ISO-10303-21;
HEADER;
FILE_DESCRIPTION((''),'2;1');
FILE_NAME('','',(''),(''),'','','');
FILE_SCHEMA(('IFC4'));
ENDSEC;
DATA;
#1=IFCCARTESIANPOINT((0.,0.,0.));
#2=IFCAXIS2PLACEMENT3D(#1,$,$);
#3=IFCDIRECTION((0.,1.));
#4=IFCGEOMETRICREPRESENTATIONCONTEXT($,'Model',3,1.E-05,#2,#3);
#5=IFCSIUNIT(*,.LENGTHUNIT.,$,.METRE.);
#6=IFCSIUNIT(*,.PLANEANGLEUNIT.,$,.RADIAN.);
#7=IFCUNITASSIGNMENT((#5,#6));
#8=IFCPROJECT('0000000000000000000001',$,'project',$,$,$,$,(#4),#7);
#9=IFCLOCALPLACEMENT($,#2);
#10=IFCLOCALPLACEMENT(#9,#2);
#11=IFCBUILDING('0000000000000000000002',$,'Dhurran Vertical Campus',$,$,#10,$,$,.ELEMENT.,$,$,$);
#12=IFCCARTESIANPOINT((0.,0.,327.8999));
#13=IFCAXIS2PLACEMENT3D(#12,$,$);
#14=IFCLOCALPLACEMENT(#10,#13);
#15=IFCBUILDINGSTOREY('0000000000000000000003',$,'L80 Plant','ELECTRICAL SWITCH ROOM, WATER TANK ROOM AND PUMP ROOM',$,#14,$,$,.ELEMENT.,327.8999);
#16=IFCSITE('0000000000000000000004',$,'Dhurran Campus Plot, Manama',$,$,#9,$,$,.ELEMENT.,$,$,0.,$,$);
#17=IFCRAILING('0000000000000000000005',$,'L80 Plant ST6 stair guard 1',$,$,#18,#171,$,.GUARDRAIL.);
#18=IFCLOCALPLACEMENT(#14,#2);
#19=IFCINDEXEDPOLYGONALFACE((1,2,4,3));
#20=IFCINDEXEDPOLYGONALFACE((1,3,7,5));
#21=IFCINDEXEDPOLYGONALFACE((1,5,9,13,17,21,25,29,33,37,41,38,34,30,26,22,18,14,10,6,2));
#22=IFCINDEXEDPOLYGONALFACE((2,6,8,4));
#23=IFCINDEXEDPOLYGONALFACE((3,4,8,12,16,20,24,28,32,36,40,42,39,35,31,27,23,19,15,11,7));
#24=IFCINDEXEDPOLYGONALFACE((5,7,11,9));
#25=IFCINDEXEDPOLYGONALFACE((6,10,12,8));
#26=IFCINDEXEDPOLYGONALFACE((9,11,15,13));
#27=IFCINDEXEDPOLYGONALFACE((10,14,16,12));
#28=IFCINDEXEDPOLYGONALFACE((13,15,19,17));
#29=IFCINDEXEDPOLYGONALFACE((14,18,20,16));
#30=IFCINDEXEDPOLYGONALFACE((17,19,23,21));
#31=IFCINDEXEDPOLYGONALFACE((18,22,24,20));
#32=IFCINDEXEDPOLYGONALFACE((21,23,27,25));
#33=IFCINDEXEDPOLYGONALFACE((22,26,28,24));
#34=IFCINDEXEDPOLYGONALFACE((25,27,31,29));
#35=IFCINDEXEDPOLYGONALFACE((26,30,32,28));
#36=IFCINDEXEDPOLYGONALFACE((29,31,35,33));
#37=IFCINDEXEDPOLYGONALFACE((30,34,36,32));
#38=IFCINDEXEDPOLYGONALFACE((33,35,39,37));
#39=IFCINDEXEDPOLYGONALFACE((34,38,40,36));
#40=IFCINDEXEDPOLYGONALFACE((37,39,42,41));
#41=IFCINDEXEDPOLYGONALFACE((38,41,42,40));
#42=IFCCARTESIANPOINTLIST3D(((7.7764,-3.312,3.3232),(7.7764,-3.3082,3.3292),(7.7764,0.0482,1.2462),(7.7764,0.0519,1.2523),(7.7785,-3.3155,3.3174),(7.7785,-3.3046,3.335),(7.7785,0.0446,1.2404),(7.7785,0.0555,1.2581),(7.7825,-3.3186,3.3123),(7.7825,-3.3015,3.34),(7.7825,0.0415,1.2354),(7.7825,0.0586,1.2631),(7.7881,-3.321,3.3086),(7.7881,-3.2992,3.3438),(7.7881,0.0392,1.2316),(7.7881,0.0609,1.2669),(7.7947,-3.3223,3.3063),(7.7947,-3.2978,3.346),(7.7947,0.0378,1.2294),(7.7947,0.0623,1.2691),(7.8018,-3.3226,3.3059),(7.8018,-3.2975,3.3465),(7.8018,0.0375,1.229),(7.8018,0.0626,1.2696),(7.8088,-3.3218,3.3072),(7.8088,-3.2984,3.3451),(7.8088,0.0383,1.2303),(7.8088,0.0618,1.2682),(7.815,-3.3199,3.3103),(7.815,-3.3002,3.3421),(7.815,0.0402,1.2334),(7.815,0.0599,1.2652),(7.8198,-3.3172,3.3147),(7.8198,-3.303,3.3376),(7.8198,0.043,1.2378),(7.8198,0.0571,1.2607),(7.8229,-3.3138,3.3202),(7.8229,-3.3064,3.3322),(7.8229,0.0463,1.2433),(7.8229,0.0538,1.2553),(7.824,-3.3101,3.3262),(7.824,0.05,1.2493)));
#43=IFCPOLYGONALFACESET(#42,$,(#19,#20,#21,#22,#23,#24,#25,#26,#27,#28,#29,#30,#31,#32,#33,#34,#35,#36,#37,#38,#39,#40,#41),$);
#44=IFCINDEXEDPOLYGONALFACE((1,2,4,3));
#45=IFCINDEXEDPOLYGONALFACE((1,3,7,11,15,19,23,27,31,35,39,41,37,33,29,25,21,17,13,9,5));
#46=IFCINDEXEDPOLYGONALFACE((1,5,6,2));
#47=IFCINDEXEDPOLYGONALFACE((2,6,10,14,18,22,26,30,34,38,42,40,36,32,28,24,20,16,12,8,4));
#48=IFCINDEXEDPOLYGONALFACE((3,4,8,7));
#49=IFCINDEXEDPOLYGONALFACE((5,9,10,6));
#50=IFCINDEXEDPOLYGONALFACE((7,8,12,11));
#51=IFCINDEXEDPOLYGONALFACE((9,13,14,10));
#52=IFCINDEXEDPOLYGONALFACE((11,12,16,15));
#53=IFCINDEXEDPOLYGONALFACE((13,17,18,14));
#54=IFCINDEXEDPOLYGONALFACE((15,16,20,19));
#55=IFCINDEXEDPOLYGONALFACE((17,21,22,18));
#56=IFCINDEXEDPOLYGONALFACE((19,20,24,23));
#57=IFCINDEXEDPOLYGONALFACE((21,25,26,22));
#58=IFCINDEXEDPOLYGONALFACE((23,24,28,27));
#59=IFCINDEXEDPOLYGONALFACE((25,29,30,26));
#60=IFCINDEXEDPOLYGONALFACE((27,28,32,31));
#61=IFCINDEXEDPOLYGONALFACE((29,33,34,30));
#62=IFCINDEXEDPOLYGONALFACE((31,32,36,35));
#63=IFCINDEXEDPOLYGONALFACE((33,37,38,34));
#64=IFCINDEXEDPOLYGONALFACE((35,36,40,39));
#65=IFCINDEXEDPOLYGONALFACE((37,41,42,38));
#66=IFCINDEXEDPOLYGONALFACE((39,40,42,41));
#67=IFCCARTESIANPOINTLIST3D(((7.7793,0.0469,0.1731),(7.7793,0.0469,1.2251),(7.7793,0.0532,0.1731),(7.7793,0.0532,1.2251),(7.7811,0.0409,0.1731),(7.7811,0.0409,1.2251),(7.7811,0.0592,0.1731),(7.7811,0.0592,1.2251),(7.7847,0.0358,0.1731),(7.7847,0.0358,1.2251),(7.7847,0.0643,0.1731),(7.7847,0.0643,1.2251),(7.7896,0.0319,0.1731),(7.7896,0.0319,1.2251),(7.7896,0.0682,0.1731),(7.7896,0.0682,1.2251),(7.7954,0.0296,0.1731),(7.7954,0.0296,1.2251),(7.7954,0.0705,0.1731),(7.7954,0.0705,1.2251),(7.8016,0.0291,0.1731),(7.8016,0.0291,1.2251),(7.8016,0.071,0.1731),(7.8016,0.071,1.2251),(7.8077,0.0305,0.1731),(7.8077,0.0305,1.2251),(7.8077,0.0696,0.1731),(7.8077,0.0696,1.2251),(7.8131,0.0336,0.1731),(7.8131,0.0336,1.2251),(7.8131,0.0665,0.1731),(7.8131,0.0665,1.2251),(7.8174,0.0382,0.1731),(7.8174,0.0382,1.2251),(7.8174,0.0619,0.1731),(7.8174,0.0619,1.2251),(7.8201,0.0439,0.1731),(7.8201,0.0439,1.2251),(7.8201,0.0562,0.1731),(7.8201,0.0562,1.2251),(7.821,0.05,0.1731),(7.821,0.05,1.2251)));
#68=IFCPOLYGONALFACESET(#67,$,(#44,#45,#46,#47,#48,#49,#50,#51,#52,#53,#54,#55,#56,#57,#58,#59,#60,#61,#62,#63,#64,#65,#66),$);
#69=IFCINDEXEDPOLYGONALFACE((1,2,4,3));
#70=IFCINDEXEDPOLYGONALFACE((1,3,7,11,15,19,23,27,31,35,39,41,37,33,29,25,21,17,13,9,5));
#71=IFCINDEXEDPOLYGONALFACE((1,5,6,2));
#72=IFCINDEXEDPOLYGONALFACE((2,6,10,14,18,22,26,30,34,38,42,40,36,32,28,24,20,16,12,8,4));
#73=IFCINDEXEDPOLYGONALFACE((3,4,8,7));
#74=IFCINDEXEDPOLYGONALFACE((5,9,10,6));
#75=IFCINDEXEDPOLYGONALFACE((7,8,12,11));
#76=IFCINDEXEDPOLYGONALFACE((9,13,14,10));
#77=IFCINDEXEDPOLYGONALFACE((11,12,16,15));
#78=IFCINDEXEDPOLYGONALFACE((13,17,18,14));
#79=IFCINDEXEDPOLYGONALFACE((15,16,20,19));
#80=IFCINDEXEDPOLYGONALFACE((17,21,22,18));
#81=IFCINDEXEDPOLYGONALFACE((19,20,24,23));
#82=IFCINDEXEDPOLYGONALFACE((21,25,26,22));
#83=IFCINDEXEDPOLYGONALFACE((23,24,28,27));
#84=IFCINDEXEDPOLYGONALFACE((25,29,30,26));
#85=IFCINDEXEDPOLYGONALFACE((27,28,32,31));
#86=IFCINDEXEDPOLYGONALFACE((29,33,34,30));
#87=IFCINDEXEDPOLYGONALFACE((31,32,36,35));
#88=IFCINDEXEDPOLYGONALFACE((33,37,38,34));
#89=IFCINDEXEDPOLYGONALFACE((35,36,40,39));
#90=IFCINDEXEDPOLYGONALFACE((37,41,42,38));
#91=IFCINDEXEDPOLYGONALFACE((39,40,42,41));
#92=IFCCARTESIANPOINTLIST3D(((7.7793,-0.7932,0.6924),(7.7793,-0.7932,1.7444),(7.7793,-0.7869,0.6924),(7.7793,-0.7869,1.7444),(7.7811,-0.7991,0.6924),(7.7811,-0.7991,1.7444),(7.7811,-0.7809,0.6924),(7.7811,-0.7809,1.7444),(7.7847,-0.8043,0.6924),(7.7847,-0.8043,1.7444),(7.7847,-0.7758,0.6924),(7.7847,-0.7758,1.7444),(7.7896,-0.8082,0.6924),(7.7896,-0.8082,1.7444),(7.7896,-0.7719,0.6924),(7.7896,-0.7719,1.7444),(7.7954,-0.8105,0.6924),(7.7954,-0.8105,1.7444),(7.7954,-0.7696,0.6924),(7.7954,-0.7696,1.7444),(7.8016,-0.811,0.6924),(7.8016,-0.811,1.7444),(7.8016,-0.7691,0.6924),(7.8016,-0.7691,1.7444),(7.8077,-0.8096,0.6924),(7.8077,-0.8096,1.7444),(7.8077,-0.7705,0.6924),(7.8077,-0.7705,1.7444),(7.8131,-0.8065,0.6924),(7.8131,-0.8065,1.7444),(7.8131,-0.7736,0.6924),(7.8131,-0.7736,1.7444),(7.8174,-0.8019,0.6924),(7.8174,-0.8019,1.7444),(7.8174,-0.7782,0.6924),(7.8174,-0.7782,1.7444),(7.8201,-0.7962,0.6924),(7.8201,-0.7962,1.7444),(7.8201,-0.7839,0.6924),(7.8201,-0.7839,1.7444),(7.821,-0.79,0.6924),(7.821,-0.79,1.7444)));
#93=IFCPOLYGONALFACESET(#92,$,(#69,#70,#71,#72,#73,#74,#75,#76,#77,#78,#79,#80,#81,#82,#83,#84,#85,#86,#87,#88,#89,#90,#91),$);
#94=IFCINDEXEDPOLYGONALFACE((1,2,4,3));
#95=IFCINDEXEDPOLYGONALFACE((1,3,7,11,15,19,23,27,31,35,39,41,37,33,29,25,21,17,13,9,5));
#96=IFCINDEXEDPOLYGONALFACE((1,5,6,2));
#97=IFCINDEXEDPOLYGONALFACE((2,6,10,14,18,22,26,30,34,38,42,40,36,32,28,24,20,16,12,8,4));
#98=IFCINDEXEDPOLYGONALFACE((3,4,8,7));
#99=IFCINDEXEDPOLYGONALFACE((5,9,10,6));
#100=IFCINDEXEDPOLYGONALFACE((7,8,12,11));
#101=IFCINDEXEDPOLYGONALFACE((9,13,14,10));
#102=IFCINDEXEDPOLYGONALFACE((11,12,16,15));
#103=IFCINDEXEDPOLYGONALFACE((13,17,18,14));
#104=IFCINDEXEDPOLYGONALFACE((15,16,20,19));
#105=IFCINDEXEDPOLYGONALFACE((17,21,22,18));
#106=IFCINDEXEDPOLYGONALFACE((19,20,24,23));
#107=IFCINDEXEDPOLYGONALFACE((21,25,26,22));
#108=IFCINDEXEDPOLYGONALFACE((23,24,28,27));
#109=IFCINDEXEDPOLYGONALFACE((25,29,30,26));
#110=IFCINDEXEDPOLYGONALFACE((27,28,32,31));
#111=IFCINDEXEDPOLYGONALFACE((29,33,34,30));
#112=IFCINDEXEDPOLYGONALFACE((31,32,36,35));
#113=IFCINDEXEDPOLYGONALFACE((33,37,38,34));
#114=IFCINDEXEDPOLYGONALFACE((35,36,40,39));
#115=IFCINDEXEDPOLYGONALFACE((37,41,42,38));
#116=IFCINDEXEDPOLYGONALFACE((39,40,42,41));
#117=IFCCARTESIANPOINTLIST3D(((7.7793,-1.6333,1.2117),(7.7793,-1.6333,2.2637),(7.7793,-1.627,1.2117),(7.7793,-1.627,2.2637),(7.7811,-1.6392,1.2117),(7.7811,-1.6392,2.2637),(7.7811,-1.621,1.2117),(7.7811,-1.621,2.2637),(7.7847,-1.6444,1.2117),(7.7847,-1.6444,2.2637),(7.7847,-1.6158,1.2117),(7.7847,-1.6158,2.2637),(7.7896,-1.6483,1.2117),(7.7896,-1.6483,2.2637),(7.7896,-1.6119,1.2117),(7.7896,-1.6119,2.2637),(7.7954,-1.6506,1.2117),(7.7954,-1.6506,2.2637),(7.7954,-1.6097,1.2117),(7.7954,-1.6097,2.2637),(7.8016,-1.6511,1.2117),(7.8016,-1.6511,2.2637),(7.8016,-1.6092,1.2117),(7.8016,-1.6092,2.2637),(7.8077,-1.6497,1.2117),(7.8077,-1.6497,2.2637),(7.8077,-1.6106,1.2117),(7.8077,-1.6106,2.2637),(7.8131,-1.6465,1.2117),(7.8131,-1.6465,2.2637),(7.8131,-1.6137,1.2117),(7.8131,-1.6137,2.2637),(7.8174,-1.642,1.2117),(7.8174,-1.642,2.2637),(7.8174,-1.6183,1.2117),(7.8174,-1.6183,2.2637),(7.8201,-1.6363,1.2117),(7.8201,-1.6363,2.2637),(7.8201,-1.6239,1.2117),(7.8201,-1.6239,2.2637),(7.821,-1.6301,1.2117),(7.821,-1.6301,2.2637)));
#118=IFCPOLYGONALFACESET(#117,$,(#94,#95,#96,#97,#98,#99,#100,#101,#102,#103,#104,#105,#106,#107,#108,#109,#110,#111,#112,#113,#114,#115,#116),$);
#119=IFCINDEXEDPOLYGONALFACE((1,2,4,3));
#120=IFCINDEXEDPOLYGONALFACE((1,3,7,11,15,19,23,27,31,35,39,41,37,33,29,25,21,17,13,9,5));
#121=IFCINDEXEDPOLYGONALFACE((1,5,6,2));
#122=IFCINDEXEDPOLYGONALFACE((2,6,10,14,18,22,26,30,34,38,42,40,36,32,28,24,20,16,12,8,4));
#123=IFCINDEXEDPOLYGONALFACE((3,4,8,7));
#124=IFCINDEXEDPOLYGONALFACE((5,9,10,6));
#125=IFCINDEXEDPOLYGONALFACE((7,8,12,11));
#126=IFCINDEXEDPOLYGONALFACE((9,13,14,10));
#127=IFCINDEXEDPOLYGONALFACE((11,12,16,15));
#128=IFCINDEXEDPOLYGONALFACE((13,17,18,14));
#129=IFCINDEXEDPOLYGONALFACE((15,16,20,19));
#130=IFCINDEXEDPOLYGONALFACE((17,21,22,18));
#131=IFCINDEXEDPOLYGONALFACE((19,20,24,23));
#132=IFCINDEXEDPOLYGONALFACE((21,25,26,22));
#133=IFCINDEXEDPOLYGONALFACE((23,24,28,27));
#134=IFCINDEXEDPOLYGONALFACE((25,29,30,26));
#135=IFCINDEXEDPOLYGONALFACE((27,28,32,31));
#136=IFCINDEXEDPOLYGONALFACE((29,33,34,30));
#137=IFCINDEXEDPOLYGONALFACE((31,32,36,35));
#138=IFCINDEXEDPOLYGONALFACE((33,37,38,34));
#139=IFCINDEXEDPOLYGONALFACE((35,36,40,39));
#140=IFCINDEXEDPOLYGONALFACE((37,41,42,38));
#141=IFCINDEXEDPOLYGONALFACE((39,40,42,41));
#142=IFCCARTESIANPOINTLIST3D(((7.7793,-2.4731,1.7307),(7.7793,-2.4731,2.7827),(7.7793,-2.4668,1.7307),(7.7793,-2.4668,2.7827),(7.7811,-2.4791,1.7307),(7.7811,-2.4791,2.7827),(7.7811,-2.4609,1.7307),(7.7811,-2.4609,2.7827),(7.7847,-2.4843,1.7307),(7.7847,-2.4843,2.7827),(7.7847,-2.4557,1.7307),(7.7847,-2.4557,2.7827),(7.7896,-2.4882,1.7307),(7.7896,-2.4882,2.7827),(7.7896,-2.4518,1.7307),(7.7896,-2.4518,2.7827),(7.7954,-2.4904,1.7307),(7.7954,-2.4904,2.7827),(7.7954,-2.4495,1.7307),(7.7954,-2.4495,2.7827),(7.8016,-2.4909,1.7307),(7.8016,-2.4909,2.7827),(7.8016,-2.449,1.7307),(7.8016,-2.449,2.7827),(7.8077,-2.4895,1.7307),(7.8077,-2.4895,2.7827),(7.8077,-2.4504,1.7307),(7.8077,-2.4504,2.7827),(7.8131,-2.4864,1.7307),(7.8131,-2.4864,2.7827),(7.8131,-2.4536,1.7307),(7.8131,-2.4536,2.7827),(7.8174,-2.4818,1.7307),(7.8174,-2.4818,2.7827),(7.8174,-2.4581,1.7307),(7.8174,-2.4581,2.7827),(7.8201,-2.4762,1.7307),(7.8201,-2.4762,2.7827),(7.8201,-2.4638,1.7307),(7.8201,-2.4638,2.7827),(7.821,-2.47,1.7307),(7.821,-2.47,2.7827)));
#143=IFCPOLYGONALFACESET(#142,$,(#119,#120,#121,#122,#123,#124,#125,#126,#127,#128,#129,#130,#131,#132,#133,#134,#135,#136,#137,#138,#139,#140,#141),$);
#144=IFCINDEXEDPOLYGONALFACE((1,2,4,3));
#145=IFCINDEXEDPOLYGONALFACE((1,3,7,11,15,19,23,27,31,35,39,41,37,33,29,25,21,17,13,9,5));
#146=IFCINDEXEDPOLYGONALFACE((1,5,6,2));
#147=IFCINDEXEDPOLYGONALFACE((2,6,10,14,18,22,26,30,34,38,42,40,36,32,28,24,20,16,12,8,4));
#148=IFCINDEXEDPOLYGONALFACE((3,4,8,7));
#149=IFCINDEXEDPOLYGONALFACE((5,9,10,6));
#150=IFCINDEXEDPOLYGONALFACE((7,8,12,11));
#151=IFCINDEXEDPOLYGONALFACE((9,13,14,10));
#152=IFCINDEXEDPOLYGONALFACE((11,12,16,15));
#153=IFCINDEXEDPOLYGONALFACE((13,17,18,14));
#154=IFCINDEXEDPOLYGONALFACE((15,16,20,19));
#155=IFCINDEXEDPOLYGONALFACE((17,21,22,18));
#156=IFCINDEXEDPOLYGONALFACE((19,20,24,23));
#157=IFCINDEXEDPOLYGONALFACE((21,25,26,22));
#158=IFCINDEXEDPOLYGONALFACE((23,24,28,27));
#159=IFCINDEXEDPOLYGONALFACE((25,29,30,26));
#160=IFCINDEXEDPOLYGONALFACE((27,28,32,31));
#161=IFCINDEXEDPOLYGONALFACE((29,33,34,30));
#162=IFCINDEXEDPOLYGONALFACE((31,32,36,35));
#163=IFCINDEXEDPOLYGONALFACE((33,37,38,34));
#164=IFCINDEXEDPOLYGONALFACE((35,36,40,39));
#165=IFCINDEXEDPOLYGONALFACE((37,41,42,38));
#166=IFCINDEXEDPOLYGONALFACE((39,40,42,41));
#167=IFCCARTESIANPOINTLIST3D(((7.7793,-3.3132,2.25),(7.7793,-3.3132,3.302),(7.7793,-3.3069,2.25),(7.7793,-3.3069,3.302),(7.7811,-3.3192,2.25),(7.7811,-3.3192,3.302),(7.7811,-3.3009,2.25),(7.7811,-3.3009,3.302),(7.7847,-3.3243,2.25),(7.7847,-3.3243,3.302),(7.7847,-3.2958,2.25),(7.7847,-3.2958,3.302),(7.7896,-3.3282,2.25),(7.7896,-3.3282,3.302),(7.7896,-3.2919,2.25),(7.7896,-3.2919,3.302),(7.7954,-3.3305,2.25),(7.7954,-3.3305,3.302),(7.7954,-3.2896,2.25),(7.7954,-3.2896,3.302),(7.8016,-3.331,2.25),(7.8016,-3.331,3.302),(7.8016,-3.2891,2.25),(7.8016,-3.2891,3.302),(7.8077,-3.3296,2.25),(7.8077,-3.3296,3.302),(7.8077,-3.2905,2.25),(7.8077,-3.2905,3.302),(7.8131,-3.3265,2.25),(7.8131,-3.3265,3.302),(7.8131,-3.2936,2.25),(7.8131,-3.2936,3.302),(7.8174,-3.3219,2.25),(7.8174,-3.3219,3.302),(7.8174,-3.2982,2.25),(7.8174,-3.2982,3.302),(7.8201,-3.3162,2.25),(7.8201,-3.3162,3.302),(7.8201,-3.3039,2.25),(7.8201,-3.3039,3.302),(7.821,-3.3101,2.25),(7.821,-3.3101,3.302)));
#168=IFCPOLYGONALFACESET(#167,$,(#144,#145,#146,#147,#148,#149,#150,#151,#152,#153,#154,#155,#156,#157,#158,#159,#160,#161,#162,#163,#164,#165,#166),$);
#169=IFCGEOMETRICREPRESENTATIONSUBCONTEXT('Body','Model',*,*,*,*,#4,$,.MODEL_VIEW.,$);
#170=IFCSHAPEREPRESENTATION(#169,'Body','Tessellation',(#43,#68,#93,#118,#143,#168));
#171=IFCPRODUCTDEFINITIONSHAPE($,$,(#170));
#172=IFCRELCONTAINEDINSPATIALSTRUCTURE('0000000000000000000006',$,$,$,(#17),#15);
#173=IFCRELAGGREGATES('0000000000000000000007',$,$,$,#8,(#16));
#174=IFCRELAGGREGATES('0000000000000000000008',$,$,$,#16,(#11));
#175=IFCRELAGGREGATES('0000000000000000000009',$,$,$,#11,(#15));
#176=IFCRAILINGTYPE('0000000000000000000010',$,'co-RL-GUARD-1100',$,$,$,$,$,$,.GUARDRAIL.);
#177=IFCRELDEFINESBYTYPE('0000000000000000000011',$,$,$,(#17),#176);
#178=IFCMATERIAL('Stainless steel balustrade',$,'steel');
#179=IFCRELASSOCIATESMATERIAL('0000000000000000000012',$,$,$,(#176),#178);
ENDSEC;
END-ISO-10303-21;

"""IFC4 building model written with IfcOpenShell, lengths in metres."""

from ifc_helpers import new_model, si_unit, direction, frame, origin, origin_2d, place, context, subcontext, project, spatial, circle, extrude, material, type_object, element, save


model = new_model("IFC4")

# Units and contexts
model_context = context("Model", 3, precision=1e-05, world=origin(), true_north=direction((0.0, 1.0)))
body_context = subcontext(model_context, "Body", "Model", "MODEL_VIEW")
ifc_project = project(units=[si_unit("LENGTHUNIT", "METRE"), si_unit("PLANEANGLEUNIT", "RADIAN")], contexts=[model_context])

# Site, building, storey
site_placement = place(None, origin())
site = spatial("IfcSite", under=ifc_project, at=site_placement, Name="Dhurran Campus Plot, Manama", CompositionType="ELEMENT", RefElevation=0.0)
building_placement = place(site_placement, origin())
building = spatial("IfcBuilding", under=site, at=building_placement, Name="Dhurran Vertical Campus", CompositionType="ELEMENT")
storey_placement = place(building_placement, frame((0.0, 0.0, 327.8999)))
storey = spatial("IfcBuildingStorey", under=building, at=storey_placement, Name="L80 Plant", Description="ELECTRICAL SWITCH ROOM, WATER TANK ROOM AND PUMP ROOM", CompositionType="ELEMENT", Elevation=327.8999)

# Railing
ifc_material_1 = material(Name="Stainless steel balustrade", Category="steel")
railing_type_1 = type_object("IfcRailingType", Name="co-RL-GUARD-1100", PredefinedType="GUARDRAIL", material=ifc_material_1)
railing_1_placement = place(storey_placement, frame((7.8, 0.05, 0.1731)))
element("IfcRailing", 1, at=railing_1_placement, inside=storey, type_object=railing_type_1, Name="L80 Plant ST6 stair guard 1", PredefinedType="GUARDRAIL", context=body_context, shape_type="SweptSolid", body=[
    extrude(circle(Radius=0.0239, at=origin_2d()), frame((0.0, 0.0, 1.0762), z_axis=(0.0, -0.850623, 0.525776), x_axis=(1.0, 0.0, 0.0)), (0.0, 0.0, 1.0), 3.9502),
    extrude(circle(Radius=0.021, at=origin_2d()), origin(), (0.0, 0.0, 1.0), 1.052),
    extrude(circle(Radius=0.021, at=origin_2d()), frame((0.0, -0.8401, 0.5193)), (0.0, 0.0, 1.0), 1.052),
    extrude(circle(Radius=0.021, at=origin_2d()), frame((0.0, -1.6802, 1.0386)), (0.0, 0.0, 1.0), 1.052),
    extrude(circle(Radius=0.021, at=origin_2d()), frame((0.0, -2.52, 1.5576)), (0.0, 0.0, 1.0), 1.052),
    extrude(circle(Radius=0.021, at=origin_2d()), frame((0.0, -3.3601, 2.0769)), (0.0, 0.0, 1.0), 1.052),
])

save(model, "model.ifc")
